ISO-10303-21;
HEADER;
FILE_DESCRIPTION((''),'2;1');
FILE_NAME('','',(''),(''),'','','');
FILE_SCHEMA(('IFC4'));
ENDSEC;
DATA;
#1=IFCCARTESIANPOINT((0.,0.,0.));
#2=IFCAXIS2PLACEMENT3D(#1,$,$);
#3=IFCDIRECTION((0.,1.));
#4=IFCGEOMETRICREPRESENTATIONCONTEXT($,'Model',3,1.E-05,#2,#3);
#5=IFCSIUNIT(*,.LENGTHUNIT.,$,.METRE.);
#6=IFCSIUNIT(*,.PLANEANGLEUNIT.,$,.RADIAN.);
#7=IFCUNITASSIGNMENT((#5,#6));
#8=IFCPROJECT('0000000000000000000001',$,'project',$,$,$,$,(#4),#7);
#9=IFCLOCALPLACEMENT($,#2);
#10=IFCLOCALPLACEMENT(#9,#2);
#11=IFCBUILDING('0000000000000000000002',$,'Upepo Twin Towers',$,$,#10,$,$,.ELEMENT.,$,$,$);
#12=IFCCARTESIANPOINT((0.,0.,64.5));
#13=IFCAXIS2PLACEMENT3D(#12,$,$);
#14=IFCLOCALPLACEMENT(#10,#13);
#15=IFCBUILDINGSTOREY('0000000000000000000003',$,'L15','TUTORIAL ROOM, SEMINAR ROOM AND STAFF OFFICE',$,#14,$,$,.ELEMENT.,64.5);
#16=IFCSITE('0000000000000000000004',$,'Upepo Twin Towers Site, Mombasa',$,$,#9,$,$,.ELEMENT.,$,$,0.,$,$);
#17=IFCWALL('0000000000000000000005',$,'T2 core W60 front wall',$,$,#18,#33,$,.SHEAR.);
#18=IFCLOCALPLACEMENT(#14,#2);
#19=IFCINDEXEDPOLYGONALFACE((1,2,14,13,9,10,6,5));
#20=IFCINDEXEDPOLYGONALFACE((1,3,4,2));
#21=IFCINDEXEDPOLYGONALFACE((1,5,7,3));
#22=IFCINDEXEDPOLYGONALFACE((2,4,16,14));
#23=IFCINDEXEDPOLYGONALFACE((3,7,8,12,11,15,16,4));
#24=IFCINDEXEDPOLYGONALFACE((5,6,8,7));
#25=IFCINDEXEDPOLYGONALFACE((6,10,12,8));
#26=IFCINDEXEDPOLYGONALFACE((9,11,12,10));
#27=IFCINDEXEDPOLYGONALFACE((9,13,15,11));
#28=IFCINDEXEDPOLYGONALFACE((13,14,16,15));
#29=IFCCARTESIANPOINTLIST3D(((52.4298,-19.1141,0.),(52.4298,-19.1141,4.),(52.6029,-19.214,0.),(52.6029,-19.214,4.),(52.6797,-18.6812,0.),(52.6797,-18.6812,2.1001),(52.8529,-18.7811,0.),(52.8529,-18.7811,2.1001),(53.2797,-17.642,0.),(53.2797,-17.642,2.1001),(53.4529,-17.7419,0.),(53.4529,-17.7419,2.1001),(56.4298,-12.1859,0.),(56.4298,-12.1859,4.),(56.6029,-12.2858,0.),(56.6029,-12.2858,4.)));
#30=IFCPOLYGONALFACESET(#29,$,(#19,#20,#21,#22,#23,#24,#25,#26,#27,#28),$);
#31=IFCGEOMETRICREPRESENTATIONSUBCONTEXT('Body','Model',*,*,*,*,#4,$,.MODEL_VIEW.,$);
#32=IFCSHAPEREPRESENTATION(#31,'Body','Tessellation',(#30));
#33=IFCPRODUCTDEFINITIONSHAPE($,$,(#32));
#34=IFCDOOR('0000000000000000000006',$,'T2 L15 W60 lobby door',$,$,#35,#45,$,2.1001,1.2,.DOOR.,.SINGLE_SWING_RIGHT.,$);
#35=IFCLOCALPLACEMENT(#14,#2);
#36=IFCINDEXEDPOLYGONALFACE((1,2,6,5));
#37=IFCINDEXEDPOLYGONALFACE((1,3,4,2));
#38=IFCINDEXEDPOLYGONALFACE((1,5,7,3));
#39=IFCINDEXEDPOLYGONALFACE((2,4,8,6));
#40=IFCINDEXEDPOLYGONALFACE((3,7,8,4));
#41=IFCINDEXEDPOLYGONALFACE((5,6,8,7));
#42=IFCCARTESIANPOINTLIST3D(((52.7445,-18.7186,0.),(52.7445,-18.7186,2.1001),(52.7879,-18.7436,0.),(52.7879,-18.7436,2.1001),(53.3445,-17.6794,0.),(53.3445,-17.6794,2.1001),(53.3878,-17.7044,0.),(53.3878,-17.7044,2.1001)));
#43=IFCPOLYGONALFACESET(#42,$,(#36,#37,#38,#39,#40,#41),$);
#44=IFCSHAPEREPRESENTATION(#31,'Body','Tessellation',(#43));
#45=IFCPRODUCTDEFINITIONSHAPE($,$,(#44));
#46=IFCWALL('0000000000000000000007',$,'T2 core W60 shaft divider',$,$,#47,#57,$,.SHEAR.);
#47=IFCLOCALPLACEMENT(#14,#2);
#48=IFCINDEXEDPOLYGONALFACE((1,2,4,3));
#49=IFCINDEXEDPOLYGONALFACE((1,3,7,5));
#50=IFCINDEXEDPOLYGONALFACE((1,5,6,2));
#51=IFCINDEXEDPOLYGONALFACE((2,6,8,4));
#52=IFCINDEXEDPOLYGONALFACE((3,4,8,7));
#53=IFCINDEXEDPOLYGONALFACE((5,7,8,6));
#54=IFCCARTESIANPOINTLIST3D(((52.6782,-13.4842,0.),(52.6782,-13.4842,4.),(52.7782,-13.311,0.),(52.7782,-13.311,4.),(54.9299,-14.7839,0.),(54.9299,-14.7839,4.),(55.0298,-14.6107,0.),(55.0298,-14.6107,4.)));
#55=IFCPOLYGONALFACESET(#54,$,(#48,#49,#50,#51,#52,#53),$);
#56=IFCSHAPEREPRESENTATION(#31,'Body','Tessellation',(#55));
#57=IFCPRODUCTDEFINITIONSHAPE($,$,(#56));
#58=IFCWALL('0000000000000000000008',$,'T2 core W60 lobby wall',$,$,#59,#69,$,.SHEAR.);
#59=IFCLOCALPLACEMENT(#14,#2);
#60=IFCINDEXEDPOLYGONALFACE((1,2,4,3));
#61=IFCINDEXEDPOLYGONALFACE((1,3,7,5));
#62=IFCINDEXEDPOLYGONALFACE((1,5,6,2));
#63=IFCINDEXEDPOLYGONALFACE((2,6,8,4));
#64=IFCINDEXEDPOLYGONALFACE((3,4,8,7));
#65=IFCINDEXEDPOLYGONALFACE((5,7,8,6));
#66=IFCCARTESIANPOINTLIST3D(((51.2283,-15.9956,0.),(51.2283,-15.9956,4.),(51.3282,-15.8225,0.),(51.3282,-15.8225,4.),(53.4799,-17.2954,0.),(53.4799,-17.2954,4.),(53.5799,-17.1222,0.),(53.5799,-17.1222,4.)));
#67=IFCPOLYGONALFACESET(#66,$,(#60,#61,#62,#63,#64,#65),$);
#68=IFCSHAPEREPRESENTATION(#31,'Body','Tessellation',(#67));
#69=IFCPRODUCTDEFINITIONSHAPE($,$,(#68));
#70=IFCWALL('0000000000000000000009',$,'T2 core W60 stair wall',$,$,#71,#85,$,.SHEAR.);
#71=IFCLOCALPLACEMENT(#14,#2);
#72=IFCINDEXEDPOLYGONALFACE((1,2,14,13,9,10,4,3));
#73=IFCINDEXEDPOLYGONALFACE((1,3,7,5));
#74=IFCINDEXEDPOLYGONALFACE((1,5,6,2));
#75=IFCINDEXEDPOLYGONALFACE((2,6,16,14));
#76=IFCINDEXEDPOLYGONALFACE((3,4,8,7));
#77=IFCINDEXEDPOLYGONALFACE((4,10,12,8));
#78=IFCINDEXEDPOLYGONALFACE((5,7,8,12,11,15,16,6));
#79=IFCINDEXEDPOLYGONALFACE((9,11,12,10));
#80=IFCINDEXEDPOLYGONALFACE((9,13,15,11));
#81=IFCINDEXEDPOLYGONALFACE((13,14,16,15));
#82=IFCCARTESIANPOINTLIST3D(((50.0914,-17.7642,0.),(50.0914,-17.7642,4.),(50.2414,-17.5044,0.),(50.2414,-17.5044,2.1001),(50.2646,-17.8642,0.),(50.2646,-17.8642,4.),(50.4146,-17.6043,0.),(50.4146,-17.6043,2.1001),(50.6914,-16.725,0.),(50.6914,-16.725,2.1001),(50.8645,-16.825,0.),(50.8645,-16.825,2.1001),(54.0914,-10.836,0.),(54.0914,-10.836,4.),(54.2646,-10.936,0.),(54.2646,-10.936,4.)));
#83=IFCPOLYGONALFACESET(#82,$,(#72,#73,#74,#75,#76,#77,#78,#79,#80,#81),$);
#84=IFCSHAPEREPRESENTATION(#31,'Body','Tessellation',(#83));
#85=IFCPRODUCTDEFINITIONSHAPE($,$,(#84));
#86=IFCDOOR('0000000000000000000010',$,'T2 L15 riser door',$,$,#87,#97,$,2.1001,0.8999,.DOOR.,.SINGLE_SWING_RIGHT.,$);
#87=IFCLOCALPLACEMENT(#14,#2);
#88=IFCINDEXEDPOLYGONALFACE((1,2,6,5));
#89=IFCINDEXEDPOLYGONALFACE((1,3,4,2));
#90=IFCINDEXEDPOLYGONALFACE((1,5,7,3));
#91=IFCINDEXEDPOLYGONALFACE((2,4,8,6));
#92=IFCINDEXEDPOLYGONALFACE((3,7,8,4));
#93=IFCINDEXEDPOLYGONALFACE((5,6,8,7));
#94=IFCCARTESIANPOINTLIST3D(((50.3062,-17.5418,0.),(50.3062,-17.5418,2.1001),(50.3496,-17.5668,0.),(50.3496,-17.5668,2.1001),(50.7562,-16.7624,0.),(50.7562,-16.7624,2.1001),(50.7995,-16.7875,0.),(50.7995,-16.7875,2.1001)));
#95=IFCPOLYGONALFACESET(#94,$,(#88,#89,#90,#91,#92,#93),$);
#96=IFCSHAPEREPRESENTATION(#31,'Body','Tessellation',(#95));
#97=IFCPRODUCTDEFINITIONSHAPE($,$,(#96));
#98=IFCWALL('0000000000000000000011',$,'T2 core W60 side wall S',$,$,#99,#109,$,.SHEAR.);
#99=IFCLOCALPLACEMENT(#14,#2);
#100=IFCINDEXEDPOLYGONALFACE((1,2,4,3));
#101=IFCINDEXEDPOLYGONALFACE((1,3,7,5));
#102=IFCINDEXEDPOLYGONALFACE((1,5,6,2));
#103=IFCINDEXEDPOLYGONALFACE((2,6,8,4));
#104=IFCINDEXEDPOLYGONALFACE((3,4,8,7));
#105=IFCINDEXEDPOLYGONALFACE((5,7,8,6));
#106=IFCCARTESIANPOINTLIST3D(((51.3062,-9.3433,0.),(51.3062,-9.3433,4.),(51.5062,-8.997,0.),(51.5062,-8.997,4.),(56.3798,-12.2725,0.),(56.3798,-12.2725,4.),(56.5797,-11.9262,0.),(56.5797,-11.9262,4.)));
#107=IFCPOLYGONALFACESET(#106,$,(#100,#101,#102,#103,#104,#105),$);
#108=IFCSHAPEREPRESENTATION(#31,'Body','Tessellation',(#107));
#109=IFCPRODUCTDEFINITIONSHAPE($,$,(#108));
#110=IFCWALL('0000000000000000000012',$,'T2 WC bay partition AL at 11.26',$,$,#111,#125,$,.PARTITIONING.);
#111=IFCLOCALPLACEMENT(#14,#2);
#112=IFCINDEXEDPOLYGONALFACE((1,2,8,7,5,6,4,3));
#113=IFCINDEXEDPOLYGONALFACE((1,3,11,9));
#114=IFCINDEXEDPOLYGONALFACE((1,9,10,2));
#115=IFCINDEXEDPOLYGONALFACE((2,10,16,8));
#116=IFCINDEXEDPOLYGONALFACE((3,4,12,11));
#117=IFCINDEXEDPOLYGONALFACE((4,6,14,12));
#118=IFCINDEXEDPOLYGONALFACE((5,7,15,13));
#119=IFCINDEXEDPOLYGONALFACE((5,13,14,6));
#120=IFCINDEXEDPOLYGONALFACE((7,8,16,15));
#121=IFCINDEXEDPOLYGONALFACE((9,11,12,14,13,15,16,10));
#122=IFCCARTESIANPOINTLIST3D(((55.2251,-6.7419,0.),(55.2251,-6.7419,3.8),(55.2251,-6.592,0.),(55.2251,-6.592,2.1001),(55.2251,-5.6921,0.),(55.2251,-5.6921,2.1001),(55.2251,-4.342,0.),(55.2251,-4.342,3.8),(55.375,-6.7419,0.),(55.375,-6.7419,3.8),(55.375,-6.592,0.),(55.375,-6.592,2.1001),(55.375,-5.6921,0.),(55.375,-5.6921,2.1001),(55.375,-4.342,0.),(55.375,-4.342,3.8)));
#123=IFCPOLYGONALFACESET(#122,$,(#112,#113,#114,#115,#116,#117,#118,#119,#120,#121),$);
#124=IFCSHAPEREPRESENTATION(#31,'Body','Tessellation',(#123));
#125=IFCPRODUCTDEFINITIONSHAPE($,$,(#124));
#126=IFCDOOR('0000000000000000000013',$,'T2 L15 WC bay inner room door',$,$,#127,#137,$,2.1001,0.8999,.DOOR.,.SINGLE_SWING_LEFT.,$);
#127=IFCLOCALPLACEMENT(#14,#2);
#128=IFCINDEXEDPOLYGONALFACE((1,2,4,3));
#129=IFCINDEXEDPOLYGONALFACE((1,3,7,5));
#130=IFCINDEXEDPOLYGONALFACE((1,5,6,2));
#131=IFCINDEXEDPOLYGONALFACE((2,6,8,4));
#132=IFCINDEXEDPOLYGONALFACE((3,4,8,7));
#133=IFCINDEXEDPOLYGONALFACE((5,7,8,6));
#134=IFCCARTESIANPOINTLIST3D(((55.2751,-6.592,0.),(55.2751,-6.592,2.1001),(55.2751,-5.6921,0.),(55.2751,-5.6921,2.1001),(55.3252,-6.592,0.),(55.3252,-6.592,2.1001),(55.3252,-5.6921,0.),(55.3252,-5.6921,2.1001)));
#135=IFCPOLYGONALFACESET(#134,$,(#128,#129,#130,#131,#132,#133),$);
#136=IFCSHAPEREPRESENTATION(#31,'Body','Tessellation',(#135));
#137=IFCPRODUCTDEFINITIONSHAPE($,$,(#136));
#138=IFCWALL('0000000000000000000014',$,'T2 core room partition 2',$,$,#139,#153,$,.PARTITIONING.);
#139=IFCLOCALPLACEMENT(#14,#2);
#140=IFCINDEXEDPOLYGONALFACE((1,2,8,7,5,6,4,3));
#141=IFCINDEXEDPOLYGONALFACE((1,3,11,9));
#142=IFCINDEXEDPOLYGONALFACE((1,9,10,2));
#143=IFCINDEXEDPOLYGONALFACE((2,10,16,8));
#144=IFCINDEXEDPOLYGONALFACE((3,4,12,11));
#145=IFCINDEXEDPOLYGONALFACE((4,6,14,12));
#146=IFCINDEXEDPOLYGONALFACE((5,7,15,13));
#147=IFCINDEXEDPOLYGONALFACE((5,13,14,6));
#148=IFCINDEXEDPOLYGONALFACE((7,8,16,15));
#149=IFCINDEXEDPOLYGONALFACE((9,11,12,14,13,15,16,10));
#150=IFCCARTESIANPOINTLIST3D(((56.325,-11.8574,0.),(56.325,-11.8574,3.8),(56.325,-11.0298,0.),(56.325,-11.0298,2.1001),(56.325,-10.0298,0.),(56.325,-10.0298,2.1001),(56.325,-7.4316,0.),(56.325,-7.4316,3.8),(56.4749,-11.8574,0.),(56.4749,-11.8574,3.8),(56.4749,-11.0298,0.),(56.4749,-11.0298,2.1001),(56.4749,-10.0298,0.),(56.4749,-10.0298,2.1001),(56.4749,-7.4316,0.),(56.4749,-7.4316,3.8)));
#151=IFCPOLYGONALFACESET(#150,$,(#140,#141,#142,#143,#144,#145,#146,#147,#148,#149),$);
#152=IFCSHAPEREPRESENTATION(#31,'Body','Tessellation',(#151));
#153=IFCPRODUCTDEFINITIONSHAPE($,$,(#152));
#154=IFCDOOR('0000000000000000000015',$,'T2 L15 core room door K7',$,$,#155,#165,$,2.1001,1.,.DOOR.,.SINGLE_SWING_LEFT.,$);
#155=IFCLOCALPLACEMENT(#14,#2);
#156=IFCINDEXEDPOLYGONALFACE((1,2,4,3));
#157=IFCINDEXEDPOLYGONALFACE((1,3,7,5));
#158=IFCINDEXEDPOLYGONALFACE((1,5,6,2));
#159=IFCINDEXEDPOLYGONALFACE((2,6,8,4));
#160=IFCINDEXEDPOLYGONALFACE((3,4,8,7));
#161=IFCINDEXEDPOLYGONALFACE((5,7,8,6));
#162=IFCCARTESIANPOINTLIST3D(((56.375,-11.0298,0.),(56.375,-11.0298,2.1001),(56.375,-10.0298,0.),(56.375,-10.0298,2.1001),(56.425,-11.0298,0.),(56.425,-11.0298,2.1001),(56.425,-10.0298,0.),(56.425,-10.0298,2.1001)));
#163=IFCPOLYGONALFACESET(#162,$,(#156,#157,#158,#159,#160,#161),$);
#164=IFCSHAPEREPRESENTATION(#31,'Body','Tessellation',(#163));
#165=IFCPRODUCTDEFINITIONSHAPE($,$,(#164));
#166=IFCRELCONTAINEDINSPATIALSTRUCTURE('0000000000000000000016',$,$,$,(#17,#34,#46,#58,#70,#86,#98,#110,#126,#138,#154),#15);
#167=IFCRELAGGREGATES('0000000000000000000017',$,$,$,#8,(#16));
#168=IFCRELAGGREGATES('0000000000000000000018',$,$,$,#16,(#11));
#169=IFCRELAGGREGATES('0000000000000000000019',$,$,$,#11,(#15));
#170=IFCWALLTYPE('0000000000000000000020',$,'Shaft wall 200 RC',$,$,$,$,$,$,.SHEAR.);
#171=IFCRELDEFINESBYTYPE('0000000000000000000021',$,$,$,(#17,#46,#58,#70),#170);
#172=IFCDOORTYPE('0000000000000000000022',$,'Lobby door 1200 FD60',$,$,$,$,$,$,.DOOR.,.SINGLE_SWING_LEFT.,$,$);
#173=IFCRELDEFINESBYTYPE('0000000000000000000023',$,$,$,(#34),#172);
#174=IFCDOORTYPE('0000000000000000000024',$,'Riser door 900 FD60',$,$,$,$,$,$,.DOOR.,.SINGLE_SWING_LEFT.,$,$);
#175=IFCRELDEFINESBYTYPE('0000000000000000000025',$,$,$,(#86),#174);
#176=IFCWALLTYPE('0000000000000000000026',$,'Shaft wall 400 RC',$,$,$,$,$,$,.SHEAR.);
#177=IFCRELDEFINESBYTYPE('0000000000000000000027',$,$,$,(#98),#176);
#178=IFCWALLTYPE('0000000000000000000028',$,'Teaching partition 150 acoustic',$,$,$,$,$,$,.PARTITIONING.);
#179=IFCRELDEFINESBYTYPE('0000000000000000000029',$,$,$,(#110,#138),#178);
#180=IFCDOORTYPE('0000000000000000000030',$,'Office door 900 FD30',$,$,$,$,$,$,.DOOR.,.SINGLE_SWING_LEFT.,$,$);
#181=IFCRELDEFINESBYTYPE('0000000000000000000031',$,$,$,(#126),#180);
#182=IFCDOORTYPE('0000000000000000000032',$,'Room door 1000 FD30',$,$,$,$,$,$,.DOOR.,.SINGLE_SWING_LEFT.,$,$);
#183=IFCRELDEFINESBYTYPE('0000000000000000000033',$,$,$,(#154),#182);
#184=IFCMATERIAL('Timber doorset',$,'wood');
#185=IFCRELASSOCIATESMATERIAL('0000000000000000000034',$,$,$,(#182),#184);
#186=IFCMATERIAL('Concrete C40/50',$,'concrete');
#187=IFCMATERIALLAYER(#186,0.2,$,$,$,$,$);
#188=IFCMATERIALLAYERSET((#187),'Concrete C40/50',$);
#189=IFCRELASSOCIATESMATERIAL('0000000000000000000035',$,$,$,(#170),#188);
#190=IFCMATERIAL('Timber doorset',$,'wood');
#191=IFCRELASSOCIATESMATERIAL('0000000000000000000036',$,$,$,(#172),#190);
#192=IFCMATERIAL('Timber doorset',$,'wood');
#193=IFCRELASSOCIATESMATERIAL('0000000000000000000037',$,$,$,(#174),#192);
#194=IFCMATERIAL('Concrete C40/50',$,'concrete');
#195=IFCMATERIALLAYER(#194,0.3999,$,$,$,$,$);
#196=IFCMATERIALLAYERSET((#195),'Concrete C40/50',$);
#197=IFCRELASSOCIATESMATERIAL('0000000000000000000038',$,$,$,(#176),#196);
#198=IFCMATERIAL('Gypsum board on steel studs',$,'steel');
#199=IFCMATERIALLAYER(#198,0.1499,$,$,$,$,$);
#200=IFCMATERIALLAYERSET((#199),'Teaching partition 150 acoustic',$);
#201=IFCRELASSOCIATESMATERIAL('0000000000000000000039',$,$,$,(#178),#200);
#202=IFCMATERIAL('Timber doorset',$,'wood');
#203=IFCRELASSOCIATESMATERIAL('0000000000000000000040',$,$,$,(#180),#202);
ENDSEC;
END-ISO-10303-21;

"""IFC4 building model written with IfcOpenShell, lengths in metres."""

from ifc_helpers import new_model, si_unit, direction, frame, frame_2d, origin, place, context, subcontext, project, spatial, rectangle, extrude, material, layer, layer_set, type_object, element, fill, save


model = new_model("IFC4")

# Units and contexts
model_context = context("Model", 3, precision=1e-05, world=origin(), true_north=direction((0.0, 1.0)))
body_context = subcontext(model_context, "Body", "Model", "MODEL_VIEW")
ifc_project = project(units=[si_unit("LENGTHUNIT", "METRE"), si_unit("PLANEANGLEUNIT", "RADIAN")], contexts=[model_context])

# Site, building, storey
site_placement = place(None, origin())
site = spatial("IfcSite", under=ifc_project, at=site_placement, Name="Upepo Twin Towers Site, Mombasa", CompositionType="ELEMENT", RefElevation=0.0)
building_placement = place(site_placement, origin())
building = spatial("IfcBuilding", under=site, at=building_placement, Name="Upepo Twin Towers", CompositionType="ELEMENT")
storey_placement = place(building_placement, frame((0.0, 0.0, 64.5)))
storey = spatial("IfcBuildingStorey", under=building, at=storey_placement, Name="L15", Description="TUTORIAL ROOM, SEMINAR ROOM AND STAFF OFFICE", CompositionType="ELEMENT", Elevation=64.5)

# Shared definitions
ifc_material_1 = material(Name="Timber doorset", Category="wood")
door_type_1 = type_object("IfcDoorType", Name="Room door 1000 FD30", OperationType="SINGLE_SWING_LEFT", PredefinedType="DOOR", material=ifc_material_1)

# Wall, opening, door
ifc_material_2 = material(Name="Concrete C40/50", Category="concrete")
ifc_layer_1 = layer(ifc_material_2, 0.2)
ifc_layer_set_1 = layer_set([ifc_layer_1], Name="Concrete C40/50")
wall_type_1 = type_object("IfcWallType", Name="Shaft wall 200 RC", PredefinedType="SHEAR", material=ifc_layer_set_1)
wall_1_placement = place(storey_placement, frame((56.5164, -12.2358, 0.0), z_axis=(0.0, 0.0, 1.0), x_axis=(-0.499999, -0.866026, 0.0)))
wall_1 = element("IfcWall", 1, at=wall_1_placement, inside=storey, type_object=wall_type_1, Name="T2 core W60 front wall", PredefinedType="SHEAR", context=body_context, shape_type="SweptSolid", body=[
    extrude(rectangle(XDim=8.0, YDim=0.2, at=frame_2d((4.0, 0.0))), origin(), (0.0, 0.0, 1.0), 4.0),
])
opening_1_placement = place(wall_1_placement, frame((6.3, 0.0, 0.0)))
opening_1 = element("IfcOpeningElement", 2, at=opening_1_placement, cuts=wall_1, PredefinedType="OPENING", context=body_context, shape_type="SweptSolid", body=[
    extrude(rectangle(XDim=1.2, YDim=2.1001, at=frame_2d((0.6001, 1.05))), frame((0.0, 0.1099, 0.0), z_axis=(0.0, -1.0, 0.0), x_axis=(1.0, 0.0, 0.0)), (0.0, 0.0, 1.0), 0.22),
])
ifc_material_3 = material(Name="Timber doorset", Category="wood")
door_type_2 = type_object("IfcDoorType", Name="Lobby door 1200 FD60", OperationType="SINGLE_SWING_LEFT", PredefinedType="DOOR", material=ifc_material_3)
door_1_placement = place(opening_1_placement, origin())
door_1 = element("IfcDoor", 3, at=door_1_placement, inside=storey, type_object=door_type_2, Name="T2 L15 W60 lobby door", OperationType="SINGLE_SWING_RIGHT", OverallHeight=2.1001, OverallWidth=1.2, PredefinedType="DOOR", context=body_context, shape_type="SweptSolid", body=[
    extrude(rectangle(XDim=1.2, YDim=2.1001, at=frame_2d((0.6001, 1.05))), frame((0.0, 0.0249, 0.0), z_axis=(0.0, -1.0, 0.0), x_axis=(1.0, 0.0, 0.0)), (0.0, 0.0, 1.0), 0.05),
])
fill(opening_1, door_1)

# Walls
for number, where, z_axis, x_axis, name in (
    (4, (54.9797, -14.6973, 0.0), (0.0, 0.0, 1.0), (-0.866062, 0.499937, 0.0), "T2 core W60 shaft divider"),
    (5, (53.5298, -17.2087, 0.0), (0.0, 0.0, 1.0), (-0.866062, 0.499937, 0.0), "T2 core W60 lobby wall"),
):
    element("IfcWall", number, at=place(storey_placement, frame(where, z_axis=z_axis, x_axis=x_axis)), inside=storey, type_object=wall_type_1, Name=name, PredefinedType="SHEAR", context=body_context, shape_type="SweptSolid", body=[
        extrude(rectangle(XDim=2.5999, YDim=0.2, at=frame_2d((1.2998, 0.0))), origin(), (0.0, 0.0, 1.0), 4.0),
    ])

# Wall, opening, door
wall_2_placement = place(storey_placement, frame((54.178, -10.886, 0.0), z_axis=(0.0, 0.0, 1.0), x_axis=(-0.499999, -0.866026, 0.0)))
wall_2 = element("IfcWall", 6, at=wall_2_placement, inside=storey, type_object=wall_type_1, Name="T2 core W60 stair wall", PredefinedType="SHEAR", context=body_context, shape_type="SweptSolid", body=[
    extrude(rectangle(XDim=8.0, YDim=0.2, at=frame_2d((4.0, 0.0))), origin(), (0.0, 0.0, 1.0), 4.0),
])
opening_2_placement = place(wall_2_placement, frame((6.8, 0.0, 0.0)))
opening_2 = element("IfcOpeningElement", 7, at=opening_2_placement, cuts=wall_2, PredefinedType="OPENING", context=body_context, shape_type="SweptSolid", body=[
    extrude(rectangle(XDim=0.8999, YDim=2.1001, at=frame_2d((0.45, 1.05))), frame((0.0, 0.1099, 0.0), z_axis=(0.0, -1.0, 0.0), x_axis=(1.0, 0.0, 0.0)), (0.0, 0.0, 1.0), 0.22),
])
ifc_material_4 = material(Name="Timber doorset", Category="wood")
door_type_3 = type_object("IfcDoorType", Name="Riser door 900 FD60", OperationType="SINGLE_SWING_LEFT", PredefinedType="DOOR", material=ifc_material_4)
door_2_placement = place(opening_2_placement, origin())
door_2 = element("IfcDoor", 8, at=door_2_placement, inside=storey, type_object=door_type_3, Name="T2 L15 riser door", OperationType="SINGLE_SWING_RIGHT", OverallHeight=2.1001, OverallWidth=0.8999, PredefinedType="DOOR", context=body_context, shape_type="SweptSolid", body=[
    extrude(rectangle(XDim=0.8999, YDim=2.1001, at=frame_2d((0.45, 1.05))), frame((0.0, 0.0249, 0.0), z_axis=(0.0, -1.0, 0.0), x_axis=(1.0, 0.0, 0.0)), (0.0, 0.0, 1.0), 0.05),
])
fill(opening_2, door_2)

# Wall
ifc_material_5 = material(Name="Concrete C40/50", Category="concrete")
ifc_layer_2 = layer(ifc_material_5, 0.3999)
ifc_layer_set_2 = layer_set([ifc_layer_2], Name="Concrete C40/50")
wall_type_2 = type_object("IfcWallType", Name="Shaft wall 400 RC", PredefinedType="SHEAR", material=ifc_layer_set_2)
wall_3_placement = place(storey_placement, frame((56.4797, -12.0994, 0.0), z_axis=(0.0, 0.0, 1.0), x_axis=(-0.866024, 0.500003, 0.0)))
element("IfcWall", 9, at=wall_3_placement, inside=storey, type_object=wall_type_2, Name="T2 core W60 side wall S", PredefinedType="SHEAR", context=body_context, shape_type="SweptSolid", body=[
    extrude(rectangle(XDim=5.8584, YDim=0.3999, at=frame_2d((2.9292, 0.0))), origin(), (0.0, 0.0, 1.0), 4.0),
])

# Walls, openings, doors
ifc_material_6 = material(Name="Gypsum board on steel studs", Category="steel")
ifc_layer_3 = layer(ifc_material_6, 0.1499)
ifc_layer_set_3 = layer_set([ifc_layer_3], Name="Teaching partition 150 acoustic")
wall_type_3 = type_object("IfcWallType", Name="Teaching partition 150 acoustic", PredefinedType="PARTITIONING", material=ifc_layer_set_3)
wall_4_placement = place(storey_placement, frame((55.3, -6.7419, 0.0), z_axis=(0.0, 0.0, 1.0), x_axis=(0.0, 1.0, 0.0)))
wall_4 = element("IfcWall", 10, at=wall_4_placement, inside=storey, type_object=wall_type_3, Name="T2 WC bay partition AL at 11.26", PredefinedType="PARTITIONING", context=body_context, shape_type="SweptSolid", body=[
    extrude(rectangle(XDim=2.3999, YDim=0.1499, at=frame_2d((1.2, 0.0))), origin(), (0.0, 0.0, 1.0), 3.8),
])
opening_3_placement = place(wall_4_placement, frame((0.1499, 0.0, 0.0)))
opening_3 = element("IfcOpeningElement", 11, at=opening_3_placement, cuts=wall_4, PredefinedType="OPENING", context=body_context, shape_type="SweptSolid", body=[
    extrude(rectangle(XDim=0.8999, YDim=2.1001, at=frame_2d((0.45, 1.05))), frame((0.0, 0.085, 0.0), z_axis=(0.0, -1.0, 0.0), x_axis=(1.0, 0.0, 0.0)), (0.0, 0.0, 1.0), 0.1699),
])
ifc_material_7 = material(Name="Timber doorset", Category="wood")
door_type_4 = type_object("IfcDoorType", Name="Office door 900 FD30", OperationType="SINGLE_SWING_LEFT", PredefinedType="DOOR", material=ifc_material_7)
door_3_placement = place(opening_3_placement, origin())
door_3 = element("IfcDoor", 12, at=door_3_placement, inside=storey, type_object=door_type_4, Name="T2 L15 WC bay inner room door", OperationType="SINGLE_SWING_LEFT", OverallHeight=2.1001, OverallWidth=0.8999, PredefinedType="DOOR", context=body_context, shape_type="SweptSolid", body=[
    extrude(rectangle(XDim=0.8999, YDim=2.1001, at=frame_2d((0.45, 1.05))), frame((0.0, 0.0249, 0.0), z_axis=(0.0, -1.0, 0.0), x_axis=(1.0, 0.0, 0.0)), (0.0, 0.0, 1.0), 0.05),
])
fill(opening_3, door_3)
wall_5_placement = place(storey_placement, frame((56.3999, -11.8574, 0.0), z_axis=(0.0, 0.0, 1.0), x_axis=(0.0, 1.0, 0.0)))
wall_5 = element("IfcWall", 13, at=wall_5_placement, inside=storey, type_object=wall_type_3, Name="T2 core room partition 2", PredefinedType="PARTITIONING", context=body_context, shape_type="SweptSolid", body=[
    extrude(rectangle(XDim=4.4258, YDim=0.1499, at=frame_2d((2.2129, 0.0))), origin(), (0.0, 0.0, 1.0), 3.8),
])
opening_4_placement = place(wall_5_placement, frame((0.8276, 0.0, 0.0)))
opening_4 = element("IfcOpeningElement", 14, at=opening_4_placement, cuts=wall_5, PredefinedType="OPENING", context=body_context, shape_type="SweptSolid", body=[
    extrude(rectangle(XDim=1.0, YDim=2.1001, at=frame_2d((0.5, 1.05))), frame((0.0, 0.085, 0.0), z_axis=(0.0, -1.0, 0.0), x_axis=(1.0, 0.0, 0.0)), (0.0, 0.0, 1.0), 0.1699),
])
door_4_placement = place(opening_4_placement, origin())
door_4 = element("IfcDoor", 15, at=door_4_placement, inside=storey, type_object=door_type_1, Name="T2 L15 core room door K7", OperationType="SINGLE_SWING_LEFT", OverallHeight=2.1001, OverallWidth=1.0, PredefinedType="DOOR", context=body_context, shape_type="SweptSolid", body=[
    extrude(rectangle(XDim=1.0, YDim=2.1001, at=frame_2d((0.5, 1.05))), frame((0.0, 0.0249, 0.0), z_axis=(0.0, -1.0, 0.0), x_axis=(1.0, 0.0, 0.0)), (0.0, 0.0, 1.0), 0.05),
])
fill(opening_4, door_4)

save(model, "model.ifc")
